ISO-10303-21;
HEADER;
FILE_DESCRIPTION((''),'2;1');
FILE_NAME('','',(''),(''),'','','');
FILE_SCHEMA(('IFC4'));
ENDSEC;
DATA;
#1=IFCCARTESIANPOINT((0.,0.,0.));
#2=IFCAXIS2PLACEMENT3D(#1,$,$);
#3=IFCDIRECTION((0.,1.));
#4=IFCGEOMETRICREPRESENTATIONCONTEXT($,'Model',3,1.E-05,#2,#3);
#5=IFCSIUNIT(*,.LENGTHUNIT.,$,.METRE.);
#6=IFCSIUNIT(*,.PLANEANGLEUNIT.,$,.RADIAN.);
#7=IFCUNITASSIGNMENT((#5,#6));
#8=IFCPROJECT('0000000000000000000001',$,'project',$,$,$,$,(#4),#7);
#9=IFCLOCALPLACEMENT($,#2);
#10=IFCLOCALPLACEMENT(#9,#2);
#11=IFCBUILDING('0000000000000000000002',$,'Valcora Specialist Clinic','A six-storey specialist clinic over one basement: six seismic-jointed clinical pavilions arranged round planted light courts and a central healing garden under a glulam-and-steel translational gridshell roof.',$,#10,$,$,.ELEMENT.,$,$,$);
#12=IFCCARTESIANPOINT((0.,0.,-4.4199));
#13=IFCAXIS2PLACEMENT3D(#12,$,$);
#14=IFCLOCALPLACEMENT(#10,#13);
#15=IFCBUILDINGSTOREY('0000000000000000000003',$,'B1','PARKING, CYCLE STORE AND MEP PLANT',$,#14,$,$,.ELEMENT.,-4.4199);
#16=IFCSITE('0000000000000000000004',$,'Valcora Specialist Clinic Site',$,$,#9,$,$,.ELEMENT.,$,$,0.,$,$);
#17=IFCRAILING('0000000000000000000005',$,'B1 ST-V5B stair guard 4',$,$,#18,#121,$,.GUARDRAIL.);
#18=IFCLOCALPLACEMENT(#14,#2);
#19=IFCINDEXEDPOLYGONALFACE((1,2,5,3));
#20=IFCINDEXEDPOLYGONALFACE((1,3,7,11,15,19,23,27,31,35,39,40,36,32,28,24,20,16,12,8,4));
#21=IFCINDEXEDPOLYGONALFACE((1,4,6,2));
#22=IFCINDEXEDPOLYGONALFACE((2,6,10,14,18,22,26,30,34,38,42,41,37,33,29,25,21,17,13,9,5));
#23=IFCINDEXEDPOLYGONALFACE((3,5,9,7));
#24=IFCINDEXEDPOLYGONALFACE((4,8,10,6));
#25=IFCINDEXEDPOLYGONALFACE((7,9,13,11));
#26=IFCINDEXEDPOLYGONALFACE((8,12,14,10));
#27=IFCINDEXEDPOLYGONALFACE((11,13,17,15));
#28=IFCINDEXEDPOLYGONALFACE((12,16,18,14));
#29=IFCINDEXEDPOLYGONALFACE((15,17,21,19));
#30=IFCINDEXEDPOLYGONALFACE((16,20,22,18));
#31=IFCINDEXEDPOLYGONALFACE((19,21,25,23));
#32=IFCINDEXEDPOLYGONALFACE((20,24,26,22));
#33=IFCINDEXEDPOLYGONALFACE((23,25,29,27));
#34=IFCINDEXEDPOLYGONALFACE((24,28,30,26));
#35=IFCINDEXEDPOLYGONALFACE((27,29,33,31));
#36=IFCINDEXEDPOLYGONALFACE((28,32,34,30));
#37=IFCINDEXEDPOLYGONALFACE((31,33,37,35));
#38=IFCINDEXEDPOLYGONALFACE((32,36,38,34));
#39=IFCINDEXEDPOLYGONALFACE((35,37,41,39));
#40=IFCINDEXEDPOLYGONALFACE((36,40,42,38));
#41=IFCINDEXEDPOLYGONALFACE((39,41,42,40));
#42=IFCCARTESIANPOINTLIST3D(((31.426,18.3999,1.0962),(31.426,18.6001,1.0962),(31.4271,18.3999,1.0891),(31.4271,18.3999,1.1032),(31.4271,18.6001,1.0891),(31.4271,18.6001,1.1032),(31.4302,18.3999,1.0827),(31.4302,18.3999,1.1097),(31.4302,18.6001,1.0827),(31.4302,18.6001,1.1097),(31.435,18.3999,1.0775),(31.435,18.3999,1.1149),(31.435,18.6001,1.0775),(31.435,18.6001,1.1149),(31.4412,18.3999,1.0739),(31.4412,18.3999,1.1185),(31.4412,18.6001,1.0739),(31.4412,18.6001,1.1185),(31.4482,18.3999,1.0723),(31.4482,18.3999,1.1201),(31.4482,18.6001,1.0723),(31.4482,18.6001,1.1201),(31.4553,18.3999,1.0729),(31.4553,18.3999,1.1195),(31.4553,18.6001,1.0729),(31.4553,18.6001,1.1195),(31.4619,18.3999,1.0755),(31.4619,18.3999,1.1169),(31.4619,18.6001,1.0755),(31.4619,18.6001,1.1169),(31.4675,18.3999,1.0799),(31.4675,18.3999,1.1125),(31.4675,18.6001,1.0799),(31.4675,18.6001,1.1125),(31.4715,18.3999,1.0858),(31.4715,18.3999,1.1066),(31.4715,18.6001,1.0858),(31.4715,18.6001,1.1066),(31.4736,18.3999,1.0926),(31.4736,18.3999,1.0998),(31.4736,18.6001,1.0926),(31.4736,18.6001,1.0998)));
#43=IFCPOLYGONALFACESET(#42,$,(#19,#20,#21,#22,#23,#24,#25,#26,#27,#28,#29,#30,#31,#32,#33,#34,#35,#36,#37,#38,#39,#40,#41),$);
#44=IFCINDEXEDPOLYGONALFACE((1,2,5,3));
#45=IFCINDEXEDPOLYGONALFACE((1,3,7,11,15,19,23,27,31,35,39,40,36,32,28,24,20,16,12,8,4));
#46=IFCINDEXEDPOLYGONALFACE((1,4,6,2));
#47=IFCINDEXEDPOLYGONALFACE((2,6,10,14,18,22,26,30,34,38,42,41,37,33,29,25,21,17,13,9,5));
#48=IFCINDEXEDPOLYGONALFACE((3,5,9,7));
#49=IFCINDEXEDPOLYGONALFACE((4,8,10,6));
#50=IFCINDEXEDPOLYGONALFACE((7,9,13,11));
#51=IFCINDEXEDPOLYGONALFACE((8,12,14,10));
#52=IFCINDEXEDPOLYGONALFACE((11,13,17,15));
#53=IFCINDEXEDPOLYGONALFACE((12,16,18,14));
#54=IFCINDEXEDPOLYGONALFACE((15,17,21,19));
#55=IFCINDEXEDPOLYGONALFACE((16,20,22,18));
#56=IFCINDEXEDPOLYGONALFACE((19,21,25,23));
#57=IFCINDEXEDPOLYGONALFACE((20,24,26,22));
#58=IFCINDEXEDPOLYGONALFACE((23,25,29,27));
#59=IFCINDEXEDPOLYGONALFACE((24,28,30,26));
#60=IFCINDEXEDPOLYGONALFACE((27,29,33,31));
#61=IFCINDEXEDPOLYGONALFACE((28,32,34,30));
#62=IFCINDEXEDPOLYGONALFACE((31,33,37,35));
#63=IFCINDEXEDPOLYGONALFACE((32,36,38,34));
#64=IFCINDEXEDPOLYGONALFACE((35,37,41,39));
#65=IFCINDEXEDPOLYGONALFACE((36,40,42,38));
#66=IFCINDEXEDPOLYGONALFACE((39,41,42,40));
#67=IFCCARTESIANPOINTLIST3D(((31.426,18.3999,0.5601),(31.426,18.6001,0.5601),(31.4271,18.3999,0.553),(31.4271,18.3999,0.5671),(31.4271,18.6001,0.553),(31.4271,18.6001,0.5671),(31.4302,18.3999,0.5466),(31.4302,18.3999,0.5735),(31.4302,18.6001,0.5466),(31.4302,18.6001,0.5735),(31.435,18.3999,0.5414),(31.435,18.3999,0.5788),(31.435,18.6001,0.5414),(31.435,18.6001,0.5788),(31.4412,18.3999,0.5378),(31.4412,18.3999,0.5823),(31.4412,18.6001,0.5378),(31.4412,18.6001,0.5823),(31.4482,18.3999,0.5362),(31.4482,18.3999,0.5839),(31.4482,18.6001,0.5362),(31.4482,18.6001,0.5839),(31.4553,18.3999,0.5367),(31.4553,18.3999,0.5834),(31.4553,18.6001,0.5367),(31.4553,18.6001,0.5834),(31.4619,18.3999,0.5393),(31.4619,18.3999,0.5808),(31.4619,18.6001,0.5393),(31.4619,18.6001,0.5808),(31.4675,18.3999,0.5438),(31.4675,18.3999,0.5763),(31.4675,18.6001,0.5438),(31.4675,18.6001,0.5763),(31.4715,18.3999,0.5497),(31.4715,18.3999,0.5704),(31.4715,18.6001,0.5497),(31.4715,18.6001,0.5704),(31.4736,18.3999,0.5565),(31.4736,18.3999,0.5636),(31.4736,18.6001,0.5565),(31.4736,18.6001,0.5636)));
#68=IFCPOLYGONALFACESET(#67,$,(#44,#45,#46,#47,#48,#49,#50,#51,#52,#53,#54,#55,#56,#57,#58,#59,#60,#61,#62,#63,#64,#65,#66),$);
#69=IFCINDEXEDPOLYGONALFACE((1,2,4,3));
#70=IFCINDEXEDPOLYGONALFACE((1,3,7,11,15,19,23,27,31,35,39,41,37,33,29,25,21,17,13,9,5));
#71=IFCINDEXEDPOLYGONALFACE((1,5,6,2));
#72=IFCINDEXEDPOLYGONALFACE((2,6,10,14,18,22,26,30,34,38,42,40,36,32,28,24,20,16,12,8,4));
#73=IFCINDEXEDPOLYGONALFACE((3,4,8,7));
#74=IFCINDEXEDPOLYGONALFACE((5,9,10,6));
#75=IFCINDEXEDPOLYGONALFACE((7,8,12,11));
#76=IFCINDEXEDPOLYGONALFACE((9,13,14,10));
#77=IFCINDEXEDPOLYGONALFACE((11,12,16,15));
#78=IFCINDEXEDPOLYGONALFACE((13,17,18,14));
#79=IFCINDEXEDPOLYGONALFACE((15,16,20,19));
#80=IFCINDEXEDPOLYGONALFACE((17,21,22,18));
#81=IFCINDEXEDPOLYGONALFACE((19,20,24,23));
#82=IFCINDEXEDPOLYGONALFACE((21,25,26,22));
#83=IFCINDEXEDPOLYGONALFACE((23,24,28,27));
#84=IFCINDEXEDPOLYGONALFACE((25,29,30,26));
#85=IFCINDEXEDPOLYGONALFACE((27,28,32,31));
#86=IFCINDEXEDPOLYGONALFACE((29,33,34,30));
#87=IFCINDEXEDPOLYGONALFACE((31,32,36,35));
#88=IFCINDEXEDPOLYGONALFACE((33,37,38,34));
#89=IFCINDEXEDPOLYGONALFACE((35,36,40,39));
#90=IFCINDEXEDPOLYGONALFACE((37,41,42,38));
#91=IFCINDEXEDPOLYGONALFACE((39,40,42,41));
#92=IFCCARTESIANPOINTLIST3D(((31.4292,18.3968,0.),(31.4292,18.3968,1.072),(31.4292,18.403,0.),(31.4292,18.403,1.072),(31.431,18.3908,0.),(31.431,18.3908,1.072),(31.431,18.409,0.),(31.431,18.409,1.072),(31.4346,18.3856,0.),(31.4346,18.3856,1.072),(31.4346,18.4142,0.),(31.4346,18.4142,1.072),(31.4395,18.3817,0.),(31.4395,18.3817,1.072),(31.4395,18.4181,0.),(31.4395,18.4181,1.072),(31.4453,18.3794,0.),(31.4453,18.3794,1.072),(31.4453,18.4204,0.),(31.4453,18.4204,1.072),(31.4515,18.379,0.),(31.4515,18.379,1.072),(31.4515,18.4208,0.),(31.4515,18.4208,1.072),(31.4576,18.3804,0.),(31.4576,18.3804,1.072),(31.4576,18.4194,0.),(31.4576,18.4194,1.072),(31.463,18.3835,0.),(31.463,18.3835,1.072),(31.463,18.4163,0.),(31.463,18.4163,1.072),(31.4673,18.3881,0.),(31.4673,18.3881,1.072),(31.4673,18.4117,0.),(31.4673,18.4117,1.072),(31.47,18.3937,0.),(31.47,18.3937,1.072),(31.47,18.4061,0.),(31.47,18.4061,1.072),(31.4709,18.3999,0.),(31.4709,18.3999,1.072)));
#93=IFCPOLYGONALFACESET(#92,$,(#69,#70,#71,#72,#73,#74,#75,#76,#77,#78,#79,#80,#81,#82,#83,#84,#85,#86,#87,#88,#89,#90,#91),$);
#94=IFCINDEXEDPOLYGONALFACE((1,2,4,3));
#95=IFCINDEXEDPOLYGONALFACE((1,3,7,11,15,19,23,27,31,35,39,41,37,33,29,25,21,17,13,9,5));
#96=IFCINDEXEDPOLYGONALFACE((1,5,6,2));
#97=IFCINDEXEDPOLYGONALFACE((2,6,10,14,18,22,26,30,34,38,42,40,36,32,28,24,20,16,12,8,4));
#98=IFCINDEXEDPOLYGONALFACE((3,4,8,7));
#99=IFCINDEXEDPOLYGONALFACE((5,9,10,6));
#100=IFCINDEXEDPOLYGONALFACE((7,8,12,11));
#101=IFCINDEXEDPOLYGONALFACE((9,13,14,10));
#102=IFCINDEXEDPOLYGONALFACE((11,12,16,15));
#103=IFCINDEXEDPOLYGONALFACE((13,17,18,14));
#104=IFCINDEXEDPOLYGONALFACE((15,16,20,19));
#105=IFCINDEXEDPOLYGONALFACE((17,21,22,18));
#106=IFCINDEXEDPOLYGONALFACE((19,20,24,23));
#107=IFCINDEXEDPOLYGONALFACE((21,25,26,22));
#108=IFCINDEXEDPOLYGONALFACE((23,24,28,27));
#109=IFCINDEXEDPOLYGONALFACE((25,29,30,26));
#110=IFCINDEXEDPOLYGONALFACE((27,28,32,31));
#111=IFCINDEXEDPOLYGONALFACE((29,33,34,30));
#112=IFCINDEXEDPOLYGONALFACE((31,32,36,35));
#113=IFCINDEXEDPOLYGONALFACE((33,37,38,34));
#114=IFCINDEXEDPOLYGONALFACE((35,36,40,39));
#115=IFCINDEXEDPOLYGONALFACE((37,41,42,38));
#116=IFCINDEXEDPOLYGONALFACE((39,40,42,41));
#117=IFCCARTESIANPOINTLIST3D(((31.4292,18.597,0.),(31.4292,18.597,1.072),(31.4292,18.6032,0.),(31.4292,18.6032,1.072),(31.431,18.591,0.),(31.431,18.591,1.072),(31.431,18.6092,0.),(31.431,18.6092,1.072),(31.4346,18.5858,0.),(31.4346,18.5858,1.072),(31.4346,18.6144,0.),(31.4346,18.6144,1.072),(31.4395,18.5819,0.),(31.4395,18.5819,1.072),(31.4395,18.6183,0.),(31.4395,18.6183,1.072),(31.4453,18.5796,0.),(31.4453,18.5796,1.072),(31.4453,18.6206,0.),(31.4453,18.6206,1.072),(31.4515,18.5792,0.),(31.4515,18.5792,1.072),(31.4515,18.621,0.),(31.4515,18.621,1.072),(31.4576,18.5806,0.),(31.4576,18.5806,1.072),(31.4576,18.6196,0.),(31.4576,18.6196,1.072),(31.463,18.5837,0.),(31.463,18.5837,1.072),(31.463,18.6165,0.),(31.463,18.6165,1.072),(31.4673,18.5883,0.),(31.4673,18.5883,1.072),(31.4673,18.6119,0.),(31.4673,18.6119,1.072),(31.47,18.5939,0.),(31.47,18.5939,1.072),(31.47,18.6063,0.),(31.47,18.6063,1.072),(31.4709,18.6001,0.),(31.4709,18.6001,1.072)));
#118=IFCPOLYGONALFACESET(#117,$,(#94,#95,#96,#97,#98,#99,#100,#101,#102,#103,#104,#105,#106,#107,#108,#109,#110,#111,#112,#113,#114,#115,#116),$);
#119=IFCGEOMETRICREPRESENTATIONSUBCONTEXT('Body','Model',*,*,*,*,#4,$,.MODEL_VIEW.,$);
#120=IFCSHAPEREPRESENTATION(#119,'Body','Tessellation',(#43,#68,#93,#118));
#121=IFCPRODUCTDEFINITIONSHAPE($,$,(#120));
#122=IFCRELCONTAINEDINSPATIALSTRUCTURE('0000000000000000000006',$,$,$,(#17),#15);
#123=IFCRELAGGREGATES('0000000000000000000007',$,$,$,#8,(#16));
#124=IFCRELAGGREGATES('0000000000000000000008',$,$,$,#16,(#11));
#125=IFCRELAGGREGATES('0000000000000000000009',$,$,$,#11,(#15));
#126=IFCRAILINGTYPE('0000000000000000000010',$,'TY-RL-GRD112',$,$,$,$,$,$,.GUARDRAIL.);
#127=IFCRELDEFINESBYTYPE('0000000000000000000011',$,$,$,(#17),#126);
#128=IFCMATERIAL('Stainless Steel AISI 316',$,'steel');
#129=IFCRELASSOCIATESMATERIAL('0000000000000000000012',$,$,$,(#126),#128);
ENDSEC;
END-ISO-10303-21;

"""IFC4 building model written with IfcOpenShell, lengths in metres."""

from ifc_helpers import new_model, si_unit, direction, frame, origin, origin_2d, place, context, subcontext, project, spatial, circle, extrude, material, type_object, element, save


model = new_model("IFC4")

# Units and contexts
model_context = context("Model", 3, precision=1e-05, world=origin(), true_north=direction((0.0, 1.0)))
body_context = subcontext(model_context, "Body", "Model", "MODEL_VIEW")
ifc_project = project(units=[si_unit("LENGTHUNIT", "METRE"), si_unit("PLANEANGLEUNIT", "RADIAN")], contexts=[model_context])

# Site, building, storey
site_placement = place(None, origin())
site = spatial("IfcSite", under=ifc_project, at=site_placement, Name="Valcora Specialist Clinic Site", CompositionType="ELEMENT", RefElevation=0.0)
building_placement = place(site_placement, origin())
building = spatial("IfcBuilding", under=site, at=building_placement, Name="Valcora Specialist Clinic", Description="A six-storey specialist clinic over one basement: six seismic-jointed clinical pavilions arranged round planted light courts and a central healing garden under a glulam-and-steel translational gridshell roof.", CompositionType="ELEMENT")
storey_placement = place(building_placement, frame((0.0, 0.0, -4.4199)))
storey = spatial("IfcBuildingStorey", under=building, at=storey_placement, Name="B1", Description="PARKING, CYCLE STORE AND MEP PLANT", CompositionType="ELEMENT", Elevation=-4.4199)

# Railing
ifc_material_1 = material(Name="Stainless Steel AISI 316", Category="steel")
railing_type_1 = type_object("IfcRailingType", Name="TY-RL-GRD112", PredefinedType="GUARDRAIL", material=ifc_material_1)
railing_1_placement = place(storey_placement, frame((31.45, 18.3999, 0.0)))
element("IfcRailing", 1, at=railing_1_placement, inside=storey, type_object=railing_type_1, Name="B1 ST-V5B stair guard 4", PredefinedType="GUARDRAIL", context=body_context, shape_type="SweptSolid", body=[
    extrude(circle(Radius=0.0239, at=origin_2d()), frame((0.0, 0.0, 1.0962), z_axis=(0.0, 1.0, 0.0), x_axis=(-1.0, 0.0, 0.0)), (0.0, 0.0, 1.0), 0.2002),
    extrude(circle(Radius=0.0239, at=origin_2d()), frame((0.0, 0.0, 0.5601), z_axis=(0.0, 1.0, 0.0), x_axis=(-1.0, 0.0, 0.0)), (0.0, 0.0, 1.0), 0.2002),
    extrude(circle(Radius=0.021, at=origin_2d()), origin(), (0.0, 0.0, 1.0), 1.072),
    extrude(circle(Radius=0.021, at=origin_2d()), frame((0.0, 0.2002, 0.0)), (0.0, 0.0, 1.0), 1.072),
])

save(model, "model.ifc")
